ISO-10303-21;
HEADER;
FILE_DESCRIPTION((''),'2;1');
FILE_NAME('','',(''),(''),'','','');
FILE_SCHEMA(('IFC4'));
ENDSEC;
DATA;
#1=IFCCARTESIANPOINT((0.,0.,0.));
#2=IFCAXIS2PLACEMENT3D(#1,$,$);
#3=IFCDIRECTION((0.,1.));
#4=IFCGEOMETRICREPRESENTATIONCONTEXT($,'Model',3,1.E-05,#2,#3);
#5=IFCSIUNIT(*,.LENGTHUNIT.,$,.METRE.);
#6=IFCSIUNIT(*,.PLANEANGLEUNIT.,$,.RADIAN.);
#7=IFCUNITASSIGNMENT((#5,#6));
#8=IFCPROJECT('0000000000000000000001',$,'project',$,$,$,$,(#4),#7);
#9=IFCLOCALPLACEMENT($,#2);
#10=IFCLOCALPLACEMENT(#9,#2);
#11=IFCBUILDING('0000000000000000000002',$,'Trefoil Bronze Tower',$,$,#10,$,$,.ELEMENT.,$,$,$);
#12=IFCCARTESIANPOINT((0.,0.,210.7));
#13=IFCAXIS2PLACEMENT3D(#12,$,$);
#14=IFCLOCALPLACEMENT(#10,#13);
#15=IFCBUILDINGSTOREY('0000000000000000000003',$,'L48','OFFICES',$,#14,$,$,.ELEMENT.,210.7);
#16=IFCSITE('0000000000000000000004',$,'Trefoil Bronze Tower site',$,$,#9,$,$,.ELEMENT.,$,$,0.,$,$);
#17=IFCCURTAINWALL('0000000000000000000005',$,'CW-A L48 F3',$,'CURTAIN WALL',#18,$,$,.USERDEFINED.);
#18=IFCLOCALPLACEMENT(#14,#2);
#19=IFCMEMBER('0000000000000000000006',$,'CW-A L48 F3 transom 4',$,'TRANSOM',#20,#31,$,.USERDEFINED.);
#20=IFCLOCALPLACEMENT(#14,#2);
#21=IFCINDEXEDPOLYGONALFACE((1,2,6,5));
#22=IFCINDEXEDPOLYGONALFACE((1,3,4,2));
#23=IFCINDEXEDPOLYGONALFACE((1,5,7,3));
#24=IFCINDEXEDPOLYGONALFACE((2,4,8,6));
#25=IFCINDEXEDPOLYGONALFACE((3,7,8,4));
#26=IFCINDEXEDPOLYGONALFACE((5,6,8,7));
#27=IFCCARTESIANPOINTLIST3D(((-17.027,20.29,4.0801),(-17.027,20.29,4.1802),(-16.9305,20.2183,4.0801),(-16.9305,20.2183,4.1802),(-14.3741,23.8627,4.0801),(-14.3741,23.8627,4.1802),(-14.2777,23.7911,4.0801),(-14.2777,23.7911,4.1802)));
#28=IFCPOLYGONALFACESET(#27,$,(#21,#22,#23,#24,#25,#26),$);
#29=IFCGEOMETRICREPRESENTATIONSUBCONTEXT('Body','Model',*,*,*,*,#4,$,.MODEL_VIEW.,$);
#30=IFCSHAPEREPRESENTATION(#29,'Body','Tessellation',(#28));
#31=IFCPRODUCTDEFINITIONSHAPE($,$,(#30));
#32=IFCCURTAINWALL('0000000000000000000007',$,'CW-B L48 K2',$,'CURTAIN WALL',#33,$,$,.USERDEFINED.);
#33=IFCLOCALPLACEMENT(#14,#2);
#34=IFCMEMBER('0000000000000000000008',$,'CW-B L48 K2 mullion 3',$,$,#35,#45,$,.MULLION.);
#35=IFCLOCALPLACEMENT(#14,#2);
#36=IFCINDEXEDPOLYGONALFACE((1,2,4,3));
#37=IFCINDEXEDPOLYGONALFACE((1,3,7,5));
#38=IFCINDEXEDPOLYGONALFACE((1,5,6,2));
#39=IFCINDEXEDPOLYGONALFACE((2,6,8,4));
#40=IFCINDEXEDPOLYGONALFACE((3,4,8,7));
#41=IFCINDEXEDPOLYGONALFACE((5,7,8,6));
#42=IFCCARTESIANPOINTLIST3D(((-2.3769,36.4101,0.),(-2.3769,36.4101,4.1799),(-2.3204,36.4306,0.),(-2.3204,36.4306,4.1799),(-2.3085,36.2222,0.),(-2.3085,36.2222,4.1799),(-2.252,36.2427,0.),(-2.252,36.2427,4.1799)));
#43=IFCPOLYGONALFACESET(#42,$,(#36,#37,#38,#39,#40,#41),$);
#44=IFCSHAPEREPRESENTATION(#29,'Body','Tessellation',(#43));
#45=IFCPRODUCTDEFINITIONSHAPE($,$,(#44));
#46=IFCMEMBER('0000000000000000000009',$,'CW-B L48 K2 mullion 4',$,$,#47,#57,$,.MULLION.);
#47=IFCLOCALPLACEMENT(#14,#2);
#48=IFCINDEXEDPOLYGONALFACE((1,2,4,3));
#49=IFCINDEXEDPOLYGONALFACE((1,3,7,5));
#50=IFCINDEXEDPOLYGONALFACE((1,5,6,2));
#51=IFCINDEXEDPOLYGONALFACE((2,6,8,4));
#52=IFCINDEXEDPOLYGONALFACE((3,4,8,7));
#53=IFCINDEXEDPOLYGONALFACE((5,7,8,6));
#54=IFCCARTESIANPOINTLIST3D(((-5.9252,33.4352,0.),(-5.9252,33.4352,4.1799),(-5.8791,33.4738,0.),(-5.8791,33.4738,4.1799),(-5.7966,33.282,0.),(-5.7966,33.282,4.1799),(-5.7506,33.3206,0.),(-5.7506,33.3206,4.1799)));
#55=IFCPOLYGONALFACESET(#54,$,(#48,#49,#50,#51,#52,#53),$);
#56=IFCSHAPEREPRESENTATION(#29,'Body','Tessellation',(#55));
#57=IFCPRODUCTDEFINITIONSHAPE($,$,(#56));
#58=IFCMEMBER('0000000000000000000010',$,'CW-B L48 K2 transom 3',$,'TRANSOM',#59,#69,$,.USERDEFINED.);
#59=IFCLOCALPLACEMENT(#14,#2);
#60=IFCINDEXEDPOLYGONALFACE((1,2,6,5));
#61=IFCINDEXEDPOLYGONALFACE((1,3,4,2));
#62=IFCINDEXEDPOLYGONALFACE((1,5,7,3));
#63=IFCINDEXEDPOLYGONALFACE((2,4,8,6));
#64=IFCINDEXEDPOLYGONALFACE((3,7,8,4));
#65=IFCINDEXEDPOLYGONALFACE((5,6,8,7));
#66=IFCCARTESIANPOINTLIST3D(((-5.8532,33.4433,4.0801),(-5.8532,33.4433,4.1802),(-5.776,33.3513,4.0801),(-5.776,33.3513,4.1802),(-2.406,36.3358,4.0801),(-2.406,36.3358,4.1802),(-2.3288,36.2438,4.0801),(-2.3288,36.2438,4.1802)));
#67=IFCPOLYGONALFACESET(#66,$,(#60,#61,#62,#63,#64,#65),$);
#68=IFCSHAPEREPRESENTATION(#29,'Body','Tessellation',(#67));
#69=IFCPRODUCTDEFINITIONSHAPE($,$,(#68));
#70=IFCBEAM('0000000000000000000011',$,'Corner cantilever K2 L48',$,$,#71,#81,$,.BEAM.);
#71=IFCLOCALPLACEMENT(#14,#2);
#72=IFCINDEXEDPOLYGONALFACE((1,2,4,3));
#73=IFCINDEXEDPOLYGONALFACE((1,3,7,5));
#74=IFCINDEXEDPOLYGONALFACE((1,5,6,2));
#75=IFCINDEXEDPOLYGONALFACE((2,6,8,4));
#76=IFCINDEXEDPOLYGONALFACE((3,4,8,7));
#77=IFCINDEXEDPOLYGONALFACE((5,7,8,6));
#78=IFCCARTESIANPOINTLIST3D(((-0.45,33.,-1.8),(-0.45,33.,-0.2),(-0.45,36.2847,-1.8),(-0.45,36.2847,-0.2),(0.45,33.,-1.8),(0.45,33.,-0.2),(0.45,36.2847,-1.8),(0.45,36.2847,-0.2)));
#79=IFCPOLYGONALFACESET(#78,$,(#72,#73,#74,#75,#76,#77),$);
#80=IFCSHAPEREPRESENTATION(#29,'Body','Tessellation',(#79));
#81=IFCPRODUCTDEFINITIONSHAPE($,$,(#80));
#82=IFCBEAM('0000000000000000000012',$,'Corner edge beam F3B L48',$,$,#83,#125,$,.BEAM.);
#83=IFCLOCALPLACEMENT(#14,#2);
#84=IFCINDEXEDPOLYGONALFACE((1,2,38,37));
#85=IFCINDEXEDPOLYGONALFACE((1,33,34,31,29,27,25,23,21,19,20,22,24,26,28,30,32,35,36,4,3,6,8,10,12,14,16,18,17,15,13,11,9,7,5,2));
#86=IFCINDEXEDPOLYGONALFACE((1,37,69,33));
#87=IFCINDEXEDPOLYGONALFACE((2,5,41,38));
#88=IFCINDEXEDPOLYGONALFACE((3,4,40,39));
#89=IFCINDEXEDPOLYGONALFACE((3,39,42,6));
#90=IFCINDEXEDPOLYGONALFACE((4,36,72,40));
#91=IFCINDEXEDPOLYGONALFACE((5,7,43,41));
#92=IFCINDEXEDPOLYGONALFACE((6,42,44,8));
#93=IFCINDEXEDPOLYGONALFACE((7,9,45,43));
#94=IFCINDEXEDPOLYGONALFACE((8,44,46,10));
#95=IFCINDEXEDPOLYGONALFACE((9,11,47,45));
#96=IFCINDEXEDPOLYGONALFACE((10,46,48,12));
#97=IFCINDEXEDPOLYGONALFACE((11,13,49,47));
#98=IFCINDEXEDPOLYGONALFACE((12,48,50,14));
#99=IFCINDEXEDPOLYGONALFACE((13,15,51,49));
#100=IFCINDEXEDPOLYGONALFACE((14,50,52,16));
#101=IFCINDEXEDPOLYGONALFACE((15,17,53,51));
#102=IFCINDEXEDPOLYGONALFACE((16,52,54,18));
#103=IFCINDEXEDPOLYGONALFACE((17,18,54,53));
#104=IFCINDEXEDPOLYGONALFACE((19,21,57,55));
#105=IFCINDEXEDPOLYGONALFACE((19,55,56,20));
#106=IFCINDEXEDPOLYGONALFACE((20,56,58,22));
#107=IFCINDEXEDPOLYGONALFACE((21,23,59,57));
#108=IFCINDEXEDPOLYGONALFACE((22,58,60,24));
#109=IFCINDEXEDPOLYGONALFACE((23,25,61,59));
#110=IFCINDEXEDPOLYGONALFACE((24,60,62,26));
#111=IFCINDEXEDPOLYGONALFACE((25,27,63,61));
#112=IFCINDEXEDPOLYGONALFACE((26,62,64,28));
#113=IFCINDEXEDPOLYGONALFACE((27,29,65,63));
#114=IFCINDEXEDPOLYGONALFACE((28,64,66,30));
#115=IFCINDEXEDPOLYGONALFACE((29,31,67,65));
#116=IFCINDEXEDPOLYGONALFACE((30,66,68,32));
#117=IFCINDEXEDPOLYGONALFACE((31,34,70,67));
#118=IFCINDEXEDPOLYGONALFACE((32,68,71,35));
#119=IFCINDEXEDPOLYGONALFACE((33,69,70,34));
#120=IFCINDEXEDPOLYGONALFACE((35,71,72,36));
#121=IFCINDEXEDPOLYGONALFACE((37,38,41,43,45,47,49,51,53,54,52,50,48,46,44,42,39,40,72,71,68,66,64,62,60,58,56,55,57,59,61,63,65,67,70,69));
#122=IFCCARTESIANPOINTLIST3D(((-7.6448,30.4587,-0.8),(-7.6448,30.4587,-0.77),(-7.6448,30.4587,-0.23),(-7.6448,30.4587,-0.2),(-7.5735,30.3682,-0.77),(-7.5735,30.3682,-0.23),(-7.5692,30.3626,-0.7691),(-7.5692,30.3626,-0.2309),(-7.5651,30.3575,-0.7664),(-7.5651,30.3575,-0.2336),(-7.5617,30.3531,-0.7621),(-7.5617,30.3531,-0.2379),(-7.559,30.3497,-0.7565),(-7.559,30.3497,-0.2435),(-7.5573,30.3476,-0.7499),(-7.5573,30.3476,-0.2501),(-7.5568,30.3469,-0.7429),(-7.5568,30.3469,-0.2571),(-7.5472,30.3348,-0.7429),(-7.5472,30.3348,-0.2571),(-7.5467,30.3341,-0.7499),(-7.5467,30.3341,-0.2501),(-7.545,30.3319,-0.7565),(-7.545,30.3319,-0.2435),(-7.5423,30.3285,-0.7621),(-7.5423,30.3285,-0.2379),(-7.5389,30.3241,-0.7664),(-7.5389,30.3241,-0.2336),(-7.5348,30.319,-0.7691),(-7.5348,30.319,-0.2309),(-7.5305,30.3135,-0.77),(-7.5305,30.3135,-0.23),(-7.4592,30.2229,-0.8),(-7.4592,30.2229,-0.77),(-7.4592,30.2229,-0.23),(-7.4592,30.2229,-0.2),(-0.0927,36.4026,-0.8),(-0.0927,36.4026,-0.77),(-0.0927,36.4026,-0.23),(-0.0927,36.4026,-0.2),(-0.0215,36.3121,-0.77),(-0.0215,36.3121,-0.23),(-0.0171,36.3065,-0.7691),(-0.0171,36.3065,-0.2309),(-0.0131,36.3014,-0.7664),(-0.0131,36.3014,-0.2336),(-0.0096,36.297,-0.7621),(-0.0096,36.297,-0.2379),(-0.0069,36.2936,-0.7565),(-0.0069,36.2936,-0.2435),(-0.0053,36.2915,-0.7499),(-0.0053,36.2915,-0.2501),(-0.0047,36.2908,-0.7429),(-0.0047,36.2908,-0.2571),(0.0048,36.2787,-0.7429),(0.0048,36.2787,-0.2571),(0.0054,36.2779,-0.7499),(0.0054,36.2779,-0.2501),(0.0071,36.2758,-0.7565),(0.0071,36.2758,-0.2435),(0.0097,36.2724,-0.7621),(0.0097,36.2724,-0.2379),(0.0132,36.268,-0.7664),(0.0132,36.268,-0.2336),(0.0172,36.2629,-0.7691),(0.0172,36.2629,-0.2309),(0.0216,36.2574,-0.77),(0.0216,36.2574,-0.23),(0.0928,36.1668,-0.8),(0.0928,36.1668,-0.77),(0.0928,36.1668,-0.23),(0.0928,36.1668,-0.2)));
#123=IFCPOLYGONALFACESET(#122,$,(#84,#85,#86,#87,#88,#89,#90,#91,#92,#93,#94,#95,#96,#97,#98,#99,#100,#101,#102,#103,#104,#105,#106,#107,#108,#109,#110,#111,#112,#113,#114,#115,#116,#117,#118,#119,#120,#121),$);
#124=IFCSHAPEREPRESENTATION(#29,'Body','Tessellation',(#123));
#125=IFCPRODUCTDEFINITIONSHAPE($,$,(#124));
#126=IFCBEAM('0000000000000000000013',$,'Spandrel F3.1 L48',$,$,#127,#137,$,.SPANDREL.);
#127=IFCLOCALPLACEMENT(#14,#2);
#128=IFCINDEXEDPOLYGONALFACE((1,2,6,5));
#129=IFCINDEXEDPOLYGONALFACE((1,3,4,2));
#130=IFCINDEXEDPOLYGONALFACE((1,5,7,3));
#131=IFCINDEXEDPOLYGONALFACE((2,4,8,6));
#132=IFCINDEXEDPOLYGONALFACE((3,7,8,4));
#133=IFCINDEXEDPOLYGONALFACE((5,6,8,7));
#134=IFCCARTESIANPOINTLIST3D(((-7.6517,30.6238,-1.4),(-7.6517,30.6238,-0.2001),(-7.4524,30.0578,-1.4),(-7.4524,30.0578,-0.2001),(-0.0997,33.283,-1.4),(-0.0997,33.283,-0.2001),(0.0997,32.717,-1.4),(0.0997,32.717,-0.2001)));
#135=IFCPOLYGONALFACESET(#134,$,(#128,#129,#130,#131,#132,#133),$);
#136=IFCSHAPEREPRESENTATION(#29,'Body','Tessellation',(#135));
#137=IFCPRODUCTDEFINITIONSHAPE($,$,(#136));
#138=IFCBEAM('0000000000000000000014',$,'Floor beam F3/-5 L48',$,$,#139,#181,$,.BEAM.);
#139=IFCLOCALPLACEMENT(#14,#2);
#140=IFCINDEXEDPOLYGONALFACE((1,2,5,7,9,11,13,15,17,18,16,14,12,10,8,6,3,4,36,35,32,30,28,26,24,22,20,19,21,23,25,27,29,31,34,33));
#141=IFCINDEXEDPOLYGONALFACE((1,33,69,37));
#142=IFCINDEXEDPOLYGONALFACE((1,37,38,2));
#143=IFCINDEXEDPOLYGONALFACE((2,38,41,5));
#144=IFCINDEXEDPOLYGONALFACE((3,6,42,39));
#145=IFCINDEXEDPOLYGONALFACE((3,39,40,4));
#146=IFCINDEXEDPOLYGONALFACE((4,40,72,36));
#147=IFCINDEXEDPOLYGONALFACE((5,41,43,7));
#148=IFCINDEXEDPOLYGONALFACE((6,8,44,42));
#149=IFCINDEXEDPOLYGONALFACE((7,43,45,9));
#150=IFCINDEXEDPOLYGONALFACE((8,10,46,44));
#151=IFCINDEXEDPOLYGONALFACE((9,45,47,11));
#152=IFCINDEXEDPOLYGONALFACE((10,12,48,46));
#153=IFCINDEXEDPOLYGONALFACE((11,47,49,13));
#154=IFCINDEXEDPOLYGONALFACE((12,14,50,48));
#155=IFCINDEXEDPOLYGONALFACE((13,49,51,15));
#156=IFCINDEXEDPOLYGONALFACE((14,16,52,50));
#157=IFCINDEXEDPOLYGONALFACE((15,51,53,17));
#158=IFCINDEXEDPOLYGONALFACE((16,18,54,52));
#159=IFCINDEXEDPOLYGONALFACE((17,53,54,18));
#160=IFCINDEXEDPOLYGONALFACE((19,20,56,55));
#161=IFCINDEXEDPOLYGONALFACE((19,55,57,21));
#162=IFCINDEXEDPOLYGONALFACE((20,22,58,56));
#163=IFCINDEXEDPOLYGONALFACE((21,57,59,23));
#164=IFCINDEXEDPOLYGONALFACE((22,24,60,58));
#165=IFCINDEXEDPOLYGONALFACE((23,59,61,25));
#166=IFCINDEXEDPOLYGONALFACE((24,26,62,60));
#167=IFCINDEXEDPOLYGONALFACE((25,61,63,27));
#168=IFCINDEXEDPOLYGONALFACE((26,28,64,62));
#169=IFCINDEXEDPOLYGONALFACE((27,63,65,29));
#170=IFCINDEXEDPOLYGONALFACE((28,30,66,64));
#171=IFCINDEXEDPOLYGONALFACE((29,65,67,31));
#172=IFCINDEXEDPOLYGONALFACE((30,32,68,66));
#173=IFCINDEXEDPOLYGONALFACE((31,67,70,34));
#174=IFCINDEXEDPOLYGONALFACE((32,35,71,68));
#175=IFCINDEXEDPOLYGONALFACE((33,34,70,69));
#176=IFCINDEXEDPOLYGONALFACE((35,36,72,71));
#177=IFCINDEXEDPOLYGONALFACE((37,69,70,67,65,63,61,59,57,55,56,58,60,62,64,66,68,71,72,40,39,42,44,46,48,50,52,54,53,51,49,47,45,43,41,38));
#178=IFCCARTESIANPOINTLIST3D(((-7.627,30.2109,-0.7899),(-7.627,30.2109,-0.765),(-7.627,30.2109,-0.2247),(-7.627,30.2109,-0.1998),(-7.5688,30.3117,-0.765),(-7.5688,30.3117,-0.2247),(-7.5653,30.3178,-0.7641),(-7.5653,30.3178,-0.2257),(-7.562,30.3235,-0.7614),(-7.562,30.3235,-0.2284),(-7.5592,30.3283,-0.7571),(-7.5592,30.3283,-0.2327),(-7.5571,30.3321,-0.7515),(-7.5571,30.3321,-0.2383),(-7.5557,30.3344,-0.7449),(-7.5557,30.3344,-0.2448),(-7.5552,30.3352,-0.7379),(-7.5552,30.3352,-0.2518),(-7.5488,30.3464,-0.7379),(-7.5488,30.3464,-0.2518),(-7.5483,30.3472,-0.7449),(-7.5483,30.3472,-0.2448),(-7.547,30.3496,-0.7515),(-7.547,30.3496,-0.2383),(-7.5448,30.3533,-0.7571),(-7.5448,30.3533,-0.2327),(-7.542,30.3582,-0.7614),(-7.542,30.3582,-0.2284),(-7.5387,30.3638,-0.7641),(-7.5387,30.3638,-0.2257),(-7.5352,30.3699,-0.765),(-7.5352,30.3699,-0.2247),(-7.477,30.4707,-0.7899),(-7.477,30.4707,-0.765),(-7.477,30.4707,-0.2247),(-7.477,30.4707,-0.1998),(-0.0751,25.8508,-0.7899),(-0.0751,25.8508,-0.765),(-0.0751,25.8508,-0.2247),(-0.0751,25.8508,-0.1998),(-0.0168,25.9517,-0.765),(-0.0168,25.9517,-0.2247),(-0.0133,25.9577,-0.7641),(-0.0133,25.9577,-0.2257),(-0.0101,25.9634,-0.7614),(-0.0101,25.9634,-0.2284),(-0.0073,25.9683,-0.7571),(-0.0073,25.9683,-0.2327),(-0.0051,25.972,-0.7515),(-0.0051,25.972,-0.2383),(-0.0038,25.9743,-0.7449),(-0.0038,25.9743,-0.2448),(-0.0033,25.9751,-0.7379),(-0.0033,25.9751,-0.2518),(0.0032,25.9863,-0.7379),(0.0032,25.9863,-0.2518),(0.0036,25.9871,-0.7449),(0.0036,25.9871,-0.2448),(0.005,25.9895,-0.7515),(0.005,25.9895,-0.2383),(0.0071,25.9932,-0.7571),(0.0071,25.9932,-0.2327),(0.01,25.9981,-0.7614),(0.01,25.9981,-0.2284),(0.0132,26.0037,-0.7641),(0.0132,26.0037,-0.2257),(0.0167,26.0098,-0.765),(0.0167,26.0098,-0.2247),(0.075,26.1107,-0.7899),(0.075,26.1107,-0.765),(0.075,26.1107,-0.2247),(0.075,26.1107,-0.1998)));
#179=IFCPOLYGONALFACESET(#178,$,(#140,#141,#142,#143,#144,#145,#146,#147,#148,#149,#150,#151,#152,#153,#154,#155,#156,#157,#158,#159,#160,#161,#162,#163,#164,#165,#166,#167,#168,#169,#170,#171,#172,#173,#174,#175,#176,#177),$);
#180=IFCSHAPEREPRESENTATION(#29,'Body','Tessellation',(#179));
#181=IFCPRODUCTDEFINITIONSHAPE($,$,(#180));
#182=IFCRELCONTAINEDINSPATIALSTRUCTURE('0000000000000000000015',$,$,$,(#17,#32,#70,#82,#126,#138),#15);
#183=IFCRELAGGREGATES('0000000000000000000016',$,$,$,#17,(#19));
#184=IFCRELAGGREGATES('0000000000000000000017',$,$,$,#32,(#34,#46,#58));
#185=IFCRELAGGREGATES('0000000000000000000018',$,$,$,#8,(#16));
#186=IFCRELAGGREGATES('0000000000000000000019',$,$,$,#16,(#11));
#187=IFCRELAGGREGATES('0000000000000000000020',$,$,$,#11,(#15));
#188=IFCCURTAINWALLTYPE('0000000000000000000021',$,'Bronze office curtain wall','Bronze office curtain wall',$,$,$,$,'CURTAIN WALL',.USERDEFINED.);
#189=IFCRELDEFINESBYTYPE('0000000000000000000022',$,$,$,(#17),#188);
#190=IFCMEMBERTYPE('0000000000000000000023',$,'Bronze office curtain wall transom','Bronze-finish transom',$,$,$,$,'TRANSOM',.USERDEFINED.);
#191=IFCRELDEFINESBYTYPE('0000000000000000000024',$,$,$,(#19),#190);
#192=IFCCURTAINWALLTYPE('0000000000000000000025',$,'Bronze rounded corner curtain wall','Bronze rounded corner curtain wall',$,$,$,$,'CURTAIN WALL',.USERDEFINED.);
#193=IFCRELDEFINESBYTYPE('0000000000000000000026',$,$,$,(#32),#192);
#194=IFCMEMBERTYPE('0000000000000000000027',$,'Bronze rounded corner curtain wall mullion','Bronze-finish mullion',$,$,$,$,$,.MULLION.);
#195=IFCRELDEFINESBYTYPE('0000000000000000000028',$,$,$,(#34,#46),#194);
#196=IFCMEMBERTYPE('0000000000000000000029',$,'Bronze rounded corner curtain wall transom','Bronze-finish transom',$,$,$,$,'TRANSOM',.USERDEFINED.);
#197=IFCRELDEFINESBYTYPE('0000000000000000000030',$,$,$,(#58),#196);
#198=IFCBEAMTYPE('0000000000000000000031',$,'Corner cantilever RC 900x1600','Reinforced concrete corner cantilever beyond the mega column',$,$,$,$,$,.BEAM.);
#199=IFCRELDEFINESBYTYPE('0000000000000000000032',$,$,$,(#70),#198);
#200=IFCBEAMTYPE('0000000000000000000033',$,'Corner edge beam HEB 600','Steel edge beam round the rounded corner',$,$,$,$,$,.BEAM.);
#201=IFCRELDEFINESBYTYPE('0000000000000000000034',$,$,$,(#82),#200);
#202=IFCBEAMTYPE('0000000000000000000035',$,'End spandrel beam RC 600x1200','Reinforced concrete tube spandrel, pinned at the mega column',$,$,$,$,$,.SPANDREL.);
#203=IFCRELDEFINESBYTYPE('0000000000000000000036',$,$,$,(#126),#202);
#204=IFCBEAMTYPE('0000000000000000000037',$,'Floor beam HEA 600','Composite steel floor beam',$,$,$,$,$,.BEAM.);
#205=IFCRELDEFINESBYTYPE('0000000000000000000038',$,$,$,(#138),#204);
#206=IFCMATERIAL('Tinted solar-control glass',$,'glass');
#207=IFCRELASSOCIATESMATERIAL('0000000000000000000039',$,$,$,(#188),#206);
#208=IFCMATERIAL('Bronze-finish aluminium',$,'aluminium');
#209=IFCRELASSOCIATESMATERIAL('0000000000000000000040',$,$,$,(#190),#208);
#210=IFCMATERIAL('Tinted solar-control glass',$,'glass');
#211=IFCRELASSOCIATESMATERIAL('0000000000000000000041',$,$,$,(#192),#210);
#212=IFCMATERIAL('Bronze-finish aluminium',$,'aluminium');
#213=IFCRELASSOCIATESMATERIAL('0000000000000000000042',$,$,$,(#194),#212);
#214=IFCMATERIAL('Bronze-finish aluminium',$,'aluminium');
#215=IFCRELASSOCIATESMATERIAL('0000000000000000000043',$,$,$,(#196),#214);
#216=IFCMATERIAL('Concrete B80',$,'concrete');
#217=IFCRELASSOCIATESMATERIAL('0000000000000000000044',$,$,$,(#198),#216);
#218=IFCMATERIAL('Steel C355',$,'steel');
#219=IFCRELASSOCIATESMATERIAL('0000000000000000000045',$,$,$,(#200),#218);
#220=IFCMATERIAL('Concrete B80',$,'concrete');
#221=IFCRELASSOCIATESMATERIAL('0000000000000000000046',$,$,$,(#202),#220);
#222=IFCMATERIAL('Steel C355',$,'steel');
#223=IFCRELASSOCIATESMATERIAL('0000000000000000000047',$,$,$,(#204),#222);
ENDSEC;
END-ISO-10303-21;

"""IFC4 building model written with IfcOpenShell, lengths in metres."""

from ifc_helpers import new_model, si_unit, direction, frame, origin, origin_2d, place, context, subcontext, project, spatial, rectangle, i_section, extrude, material, material_profile, profile_set, type_object, element, aggregate, save


model = new_model("IFC4")

# Units and contexts
model_context = context("Model", 3, precision=1e-05, world=origin(), true_north=direction((0.0, 1.0)))
body_context = subcontext(model_context, "Body", "Model", "MODEL_VIEW")
ifc_project = project(units=[si_unit("LENGTHUNIT", "METRE"), si_unit("PLANEANGLEUNIT", "RADIAN")], contexts=[model_context])

# Site, building, storey
site_placement = place(None, origin())
site = spatial("IfcSite", under=ifc_project, at=site_placement, Name="Trefoil Bronze Tower site", CompositionType="ELEMENT", RefElevation=0.0)
building_placement = place(site_placement, origin())
building = spatial("IfcBuilding", under=site, at=building_placement, Name="Trefoil Bronze Tower", CompositionType="ELEMENT")
storey_placement = place(building_placement, frame((0.0, 0.0, 210.7)))
storey = spatial("IfcBuildingStorey", under=building, at=storey_placement, Name="L48", Description="OFFICES", CompositionType="ELEMENT", Elevation=210.7)

# Curtain walls, members
ifc_material_1 = material(Name="Tinted solar-control glass", Category="glass")
curtain_wall_type_1 = type_object("IfcCurtainWallType", Name="Bronze office curtain wall", Description="Bronze office curtain wall", ElementType="CURTAIN WALL", PredefinedType="USERDEFINED", material=ifc_material_1)
curtain_wall_1_placement = place(storey_placement, origin())
curtain_wall_1 = element("IfcCurtainWall", 1, at=curtain_wall_1_placement, inside=storey, type_object=curtain_wall_type_1, Name="CW-A L48 F3", ObjectType="CURTAIN WALL", PredefinedType="USERDEFINED")
ifc_material_2 = material(Name="Bronze-finish aluminium", Category="aluminium")
ifc_material_profile_1 = material_profile(ifc_material_2, rectangle(XDim=0.1201, YDim=0.1001, at=origin_2d()), Name="CW-A transom")
ifc_profile_set_1 = profile_set([ifc_material_profile_1], Name="Bronze-finish aluminium")
member_type_1 = type_object("IfcMemberType", Name="Bronze office curtain wall transom", Description="Bronze-finish transom", ElementType="TRANSOM", PredefinedType="USERDEFINED", material=ifc_profile_set_1)
member_1_placement = place(storey_placement, frame((-14.3259, 23.8269, 4.1301), z_axis=(-0.596148, -0.802874, 0.0), x_axis=(0.802874, -0.596148, 0.0)))
member_1 = element("IfcMember", 2, at=member_1_placement, type_object=member_type_1, Name="CW-A L48 F3 transom 4", ObjectType="TRANSOM", PredefinedType="USERDEFINED", context=body_context, shape_type="SweptSolid", body=[
    extrude(rectangle(XDim=0.1201, YDim=0.1001, at=origin_2d()), origin(), (0.0, 0.0, 1.0), 4.45),
])
ifc_material_3 = material(Name="Tinted solar-control glass", Category="glass")
curtain_wall_type_2 = type_object("IfcCurtainWallType", Name="Bronze rounded corner curtain wall", Description="Bronze rounded corner curtain wall", ElementType="CURTAIN WALL", PredefinedType="USERDEFINED", material=ifc_material_3)
curtain_wall_2_placement = place(storey_placement, origin())
curtain_wall_2 = element("IfcCurtainWall", 3, at=curtain_wall_2_placement, inside=storey, type_object=curtain_wall_type_2, Name="CW-B L48 K2", ObjectType="CURTAIN WALL", PredefinedType="USERDEFINED")
ifc_material_4 = material(Name="Bronze-finish aluminium", Category="aluminium")
ifc_material_profile_2 = material_profile(ifc_material_4, rectangle(XDim=0.2, YDim=0.0601, at=origin_2d()), Name="CW-B mullion")
ifc_profile_set_2 = profile_set([ifc_material_profile_2], Name="Bronze-finish aluminium")
member_type_2 = type_object("IfcMemberType", Name="Bronze rounded corner curtain wall mullion", Description="Bronze-finish mullion", PredefinedType="MULLION", material=ifc_profile_set_2)
member_2_placement = place(storey_placement, frame((-2.3145, 36.3264, 0.0), z_axis=(0.0, 0.0, 1.0), x_axis=(0.34202, -0.939693, 0.0)))
member_2 = element("IfcMember", 4, at=member_2_placement, type_object=member_type_2, Name="CW-B L48 K2 mullion 3", PredefinedType="MULLION", context=body_context, shape_type="SweptSolid", body=[
    extrude(rectangle(XDim=0.2, YDim=0.0601, at=origin_2d()), origin(), (0.0, 0.0, 1.0), 4.1799),
])
member_3_placement = place(storey_placement, frame((-5.8379, 33.3779, 0.0), z_axis=(0.0, 0.0, 1.0), x_axis=(0.642788, -0.766044, 0.0)))
member_3 = element("IfcMember", 5, at=member_3_placement, type_object=member_type_2, Name="CW-B L48 K2 mullion 4", PredefinedType="MULLION", context=body_context, shape_type="SweptSolid", body=[
    extrude(rectangle(XDim=0.2, YDim=0.0601, at=origin_2d()), origin(), (0.0, 0.0, 1.0), 4.1799),
])
ifc_material_5 = material(Name="Bronze-finish aluminium", Category="aluminium")
ifc_material_profile_3 = material_profile(ifc_material_5, rectangle(XDim=0.1201, YDim=0.1001, at=origin_2d()), Name="CW-B transom")
ifc_profile_set_3 = profile_set([ifc_material_profile_3], Name="Bronze-finish aluminium")
member_type_3 = type_object("IfcMemberType", Name="Bronze rounded corner curtain wall transom", Description="Bronze-finish transom", ElementType="TRANSOM", PredefinedType="USERDEFINED", material=ifc_profile_set_3)
member_4_placement = place(storey_placement, frame((-2.3674, 36.2898, 4.1301), z_axis=(-0.766047, -0.642785, 0.0), x_axis=(0.642785, -0.766047, 0.0)))
member_4 = element("IfcMember", 6, at=member_4_placement, type_object=member_type_3, Name="CW-B L48 K2 transom 3", ObjectType="TRANSOM", PredefinedType="USERDEFINED", context=body_context, shape_type="SweptSolid", body=[
    extrude(rectangle(XDim=0.1201, YDim=0.1001, at=origin_2d()), origin(), (0.0, 0.0, 1.0), 4.5),
])

# Beams
ifc_material_6 = material(Name="Concrete B80", Category="concrete")
ifc_material_profile_4 = material_profile(ifc_material_6, rectangle(XDim=0.8999, YDim=1.6001, at=origin_2d()), Name="RC 900x1600")
ifc_profile_set_4 = profile_set([ifc_material_profile_4], Name="Concrete B80")
beam_type_1 = type_object("IfcBeamType", Name="Corner cantilever RC 900x1600", Description="Reinforced concrete corner cantilever beyond the mega column", PredefinedType="BEAM", material=ifc_profile_set_4)
beam_1_placement = place(storey_placement, frame((0.0, 33.0, -1.0), z_axis=(0.0, 1.0, 0.0), x_axis=(-1.0, 0.0, 0.0)))
element("IfcBeam", 7, at=beam_1_placement, inside=storey, type_object=beam_type_1, Name="Corner cantilever K2 L48", PredefinedType="BEAM", context=body_context, shape_type="SweptSolid", body=[
    extrude(rectangle(XDim=0.8999, YDim=1.6001, at=origin_2d()), origin(), (0.0, 0.0, 1.0), 3.2847),
])
ifc_material_7 = material(Name="Steel C355", Category="steel")
ifc_material_profile_5 = material_profile(ifc_material_7, i_section(OverallWidth=0.3, OverallDepth=0.6001, WebThickness=0.0154, FlangeThickness=0.03, FilletRadius=0.0271, at=origin_2d()), Name="HEB 600")
ifc_profile_set_5 = profile_set([ifc_material_profile_5], Name="Steel C355")
beam_type_2 = type_object("IfcBeamType", Name="Corner edge beam HEB 600", Description="Steel edge beam round the rounded corner", PredefinedType="BEAM", material=ifc_profile_set_5)
beam_2_placement = place(storey_placement, frame((-7.552, 30.3408, -0.5), z_axis=(0.785806, 0.618473, 0.0), x_axis=(-0.618473, 0.785806, 0.0)))
element("IfcBeam", 8, at=beam_2_placement, inside=storey, type_object=beam_type_2, Name="Corner edge beam F3B L48", PredefinedType="BEAM", context=body_context, shape_type="SweptSolid", body=[
    extrude(i_section(OverallWidth=0.3, OverallDepth=0.6001, WebThickness=0.0154, FlangeThickness=0.03, FilletRadius=0.0271, at=origin_2d()), origin(), (0.0, 0.0, 1.0), 9.6106),
])
ifc_material_8 = material(Name="Concrete B80", Category="concrete")
ifc_material_profile_6 = material_profile(ifc_material_8, rectangle(XDim=0.6001, YDim=1.2, at=origin_2d()), Name="RC 600x1200")
ifc_profile_set_6 = profile_set([ifc_material_profile_6], Name="Concrete B80")
beam_type_3 = type_object("IfcBeamType", Name="End spandrel beam RC 600x1200", Description="Reinforced concrete tube spandrel, pinned at the mega column", PredefinedType="SPANDREL", material=ifc_profile_set_6)
beam_3_placement = place(storey_placement, frame((0.0, 33.0, -0.8), z_axis=(-0.943234, -0.332128, 0.0), x_axis=(0.332128, -0.943234, 0.0)))
element("IfcBeam", 9, at=beam_3_placement, inside=storey, type_object=beam_type_3, Name="Spandrel F3.1 L48", PredefinedType="SPANDREL", context=body_context, shape_type="SweptSolid", body=[
    extrude(rectangle(XDim=0.6001, YDim=1.2, at=origin_2d()), origin(), (0.0, 0.0, 1.0), 8.0066),
])
ifc_material_9 = material(Name="Steel C355", Category="steel")
ifc_material_profile_7 = material_profile(ifc_material_9, i_section(OverallWidth=0.3, OverallDepth=0.5901, WebThickness=0.0129, FlangeThickness=0.0249, FilletRadius=0.0271, at=origin_2d()), Name="HEA 600")
ifc_profile_set_7 = profile_set([ifc_material_profile_7], Name="Steel C355")
beam_type_4 = type_object("IfcBeamType", Name="Floor beam HEA 600", Description="Composite steel floor beam", PredefinedType="BEAM", material=ifc_profile_set_7)
beam_4_placement = place(storey_placement, frame((-7.552, 30.3408, -0.4949), z_axis=(0.866028, -0.499996, 0.0), x_axis=(0.499996, 0.866028, 0.0)))
element("IfcBeam", 10, at=beam_4_placement, inside=storey, type_object=beam_type_4, Name="Floor beam F3/-5 L48", PredefinedType="BEAM", context=body_context, shape_type="SweptSolid", body=[
    extrude(i_section(OverallWidth=0.3, OverallDepth=0.5901, WebThickness=0.0129, FlangeThickness=0.0249, FilletRadius=0.0271, at=origin_2d()), origin(), (0.0, 0.0, 1.0), 8.7202),
])

aggregate(curtain_wall_1, [member_1])
aggregate(curtain_wall_2, [member_2, member_3, member_4])

save(model, "model.ifc")
